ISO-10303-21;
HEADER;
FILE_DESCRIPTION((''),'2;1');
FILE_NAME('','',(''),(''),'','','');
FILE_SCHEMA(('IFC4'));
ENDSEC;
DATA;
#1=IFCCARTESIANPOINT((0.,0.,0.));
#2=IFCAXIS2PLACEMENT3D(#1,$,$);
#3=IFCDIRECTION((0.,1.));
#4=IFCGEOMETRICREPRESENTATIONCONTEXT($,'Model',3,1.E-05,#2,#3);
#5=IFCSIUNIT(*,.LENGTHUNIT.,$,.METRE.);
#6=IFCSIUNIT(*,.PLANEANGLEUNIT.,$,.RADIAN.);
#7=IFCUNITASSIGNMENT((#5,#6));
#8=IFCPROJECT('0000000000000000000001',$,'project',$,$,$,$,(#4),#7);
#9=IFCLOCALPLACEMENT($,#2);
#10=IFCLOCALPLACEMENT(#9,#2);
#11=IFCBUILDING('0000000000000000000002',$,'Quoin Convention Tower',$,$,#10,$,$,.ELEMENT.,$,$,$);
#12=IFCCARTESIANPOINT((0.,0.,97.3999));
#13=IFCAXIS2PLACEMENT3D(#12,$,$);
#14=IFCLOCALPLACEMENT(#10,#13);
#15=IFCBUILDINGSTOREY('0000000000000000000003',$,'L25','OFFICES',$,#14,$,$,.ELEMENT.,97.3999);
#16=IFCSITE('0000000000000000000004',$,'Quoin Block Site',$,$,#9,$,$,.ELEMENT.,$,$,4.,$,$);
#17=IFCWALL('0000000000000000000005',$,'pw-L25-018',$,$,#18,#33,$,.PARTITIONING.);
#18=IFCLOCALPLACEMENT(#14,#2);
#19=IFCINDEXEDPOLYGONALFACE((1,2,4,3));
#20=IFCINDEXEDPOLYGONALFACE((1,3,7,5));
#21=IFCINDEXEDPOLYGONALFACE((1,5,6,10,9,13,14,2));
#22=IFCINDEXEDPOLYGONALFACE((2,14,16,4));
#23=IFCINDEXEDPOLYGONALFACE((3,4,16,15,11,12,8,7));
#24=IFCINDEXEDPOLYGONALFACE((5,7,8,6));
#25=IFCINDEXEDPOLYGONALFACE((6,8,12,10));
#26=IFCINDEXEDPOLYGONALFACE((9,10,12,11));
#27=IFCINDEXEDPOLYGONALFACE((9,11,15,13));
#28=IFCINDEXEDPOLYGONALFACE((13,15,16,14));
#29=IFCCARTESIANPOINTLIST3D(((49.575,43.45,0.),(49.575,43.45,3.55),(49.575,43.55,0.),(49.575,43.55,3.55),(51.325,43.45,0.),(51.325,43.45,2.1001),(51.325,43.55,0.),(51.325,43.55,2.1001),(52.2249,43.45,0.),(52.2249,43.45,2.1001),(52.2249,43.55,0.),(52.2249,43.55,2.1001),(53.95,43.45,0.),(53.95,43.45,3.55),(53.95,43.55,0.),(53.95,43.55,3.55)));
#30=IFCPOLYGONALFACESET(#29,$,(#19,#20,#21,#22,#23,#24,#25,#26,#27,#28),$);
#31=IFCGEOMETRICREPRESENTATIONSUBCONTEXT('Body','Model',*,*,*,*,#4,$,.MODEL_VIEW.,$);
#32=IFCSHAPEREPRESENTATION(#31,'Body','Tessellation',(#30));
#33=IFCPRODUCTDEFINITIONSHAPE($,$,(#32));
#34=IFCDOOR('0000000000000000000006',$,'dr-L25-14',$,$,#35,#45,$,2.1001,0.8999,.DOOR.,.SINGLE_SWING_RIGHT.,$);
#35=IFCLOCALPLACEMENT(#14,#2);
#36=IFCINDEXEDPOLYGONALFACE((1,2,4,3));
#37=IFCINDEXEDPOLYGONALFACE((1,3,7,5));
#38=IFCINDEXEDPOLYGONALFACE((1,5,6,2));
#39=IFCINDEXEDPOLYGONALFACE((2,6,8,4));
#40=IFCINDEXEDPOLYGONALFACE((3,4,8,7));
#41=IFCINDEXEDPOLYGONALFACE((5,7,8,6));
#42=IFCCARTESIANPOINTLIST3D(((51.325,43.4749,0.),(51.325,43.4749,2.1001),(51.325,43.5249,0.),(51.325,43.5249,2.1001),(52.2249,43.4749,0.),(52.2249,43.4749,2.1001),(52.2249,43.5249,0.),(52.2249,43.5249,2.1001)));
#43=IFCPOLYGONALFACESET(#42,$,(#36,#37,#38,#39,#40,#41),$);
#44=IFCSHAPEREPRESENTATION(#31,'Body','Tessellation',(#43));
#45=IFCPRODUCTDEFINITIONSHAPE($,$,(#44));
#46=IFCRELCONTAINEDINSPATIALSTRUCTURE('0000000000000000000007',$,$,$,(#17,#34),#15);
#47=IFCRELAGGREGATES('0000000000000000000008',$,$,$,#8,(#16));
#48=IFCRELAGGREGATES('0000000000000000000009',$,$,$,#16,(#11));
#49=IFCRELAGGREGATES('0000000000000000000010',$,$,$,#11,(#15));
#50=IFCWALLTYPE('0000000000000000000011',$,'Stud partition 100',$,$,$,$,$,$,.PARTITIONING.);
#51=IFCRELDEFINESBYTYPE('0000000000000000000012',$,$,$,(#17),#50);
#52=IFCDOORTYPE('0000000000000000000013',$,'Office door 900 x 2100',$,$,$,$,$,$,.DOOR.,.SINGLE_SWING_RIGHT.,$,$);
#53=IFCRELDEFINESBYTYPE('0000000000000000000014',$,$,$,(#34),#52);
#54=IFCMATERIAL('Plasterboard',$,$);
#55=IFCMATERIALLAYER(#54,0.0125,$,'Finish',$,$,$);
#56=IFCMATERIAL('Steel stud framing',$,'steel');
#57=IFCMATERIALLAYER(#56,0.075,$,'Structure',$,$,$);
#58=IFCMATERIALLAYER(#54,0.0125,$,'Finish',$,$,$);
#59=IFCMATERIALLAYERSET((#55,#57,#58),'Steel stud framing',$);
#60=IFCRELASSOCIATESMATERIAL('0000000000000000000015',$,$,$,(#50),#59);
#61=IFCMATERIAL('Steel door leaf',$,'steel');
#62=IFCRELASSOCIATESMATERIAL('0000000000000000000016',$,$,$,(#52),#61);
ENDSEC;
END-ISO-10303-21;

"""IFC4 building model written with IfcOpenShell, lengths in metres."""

from ifc_helpers import new_model, si_unit, direction, frame, frame_2d, origin, place, context, subcontext, project, spatial, rectangle, extrude, material, layer, layer_set, type_object, element, fill, save


model = new_model("IFC4")

# Units and contexts
model_context = context("Model", 3, precision=1e-05, world=origin(), true_north=direction((0.0, 1.0)))
body_context = subcontext(model_context, "Body", "Model", "MODEL_VIEW")
ifc_project = project(units=[si_unit("LENGTHUNIT", "METRE"), si_unit("PLANEANGLEUNIT", "RADIAN")], contexts=[model_context])

# Site, building, storey
site_placement = place(None, origin())
site = spatial("IfcSite", under=ifc_project, at=site_placement, Name="Quoin Block Site", CompositionType="ELEMENT", RefElevation=4.0)
building_placement = place(site_placement, origin())
building = spatial("IfcBuilding", under=site, at=building_placement, Name="Quoin Convention Tower", CompositionType="ELEMENT")
storey_placement = place(building_placement, frame((0.0, 0.0, 97.3999)))
storey = spatial("IfcBuildingStorey", under=building, at=storey_placement, Name="L25", Description="OFFICES", CompositionType="ELEMENT", Elevation=97.3999)

# Shared definitions
ifc_material_1 = material(Name="Plasterboard")
ifc_material_2 = material(Name="Steel stud framing", Category="steel")

# Shared definitions
ifc_material_3 = material(Name="Steel door leaf", Category="steel")

# Wall, opening, door
ifc_layer_1 = layer(ifc_material_1, 0.0125, Name="Finish")
ifc_layer_2 = layer(ifc_material_2, 0.075, Name="Structure")
ifc_layer_3 = layer(ifc_material_1, 0.0125, Name="Finish")
ifc_layer_set_1 = layer_set([ifc_layer_1, ifc_layer_2, ifc_layer_3], Name="Steel stud framing")
wall_type_1 = type_object("IfcWallType", Name="Stud partition 100", PredefinedType="PARTITIONING", material=ifc_layer_set_1)
wall_1_placement = place(storey_placement, frame((49.575, 43.5, 0.0), z_axis=(0.0, 0.0, 1.0), x_axis=(1.0, 0.0, 0.0)))
wall_1 = element("IfcWall", 1, at=wall_1_placement, inside=storey, type_object=wall_type_1, Name="pw-L25-018", PredefinedType="PARTITIONING", context=body_context, shape_type="SweptSolid", body=[
    extrude(rectangle(XDim=4.375, YDim=0.1001, at=frame_2d((2.1875, 0.0))), origin(), (0.0, 0.0, 1.0), 3.55),
])
opening_1_placement = place(wall_1_placement, frame((1.75, 0.0, 0.0)))
opening_1 = element("IfcOpeningElement", 2, at=opening_1_placement, cuts=wall_1, PredefinedType="OPENING", context=body_context, shape_type="SweptSolid", body=[
    extrude(rectangle(XDim=0.8999, YDim=2.1001, at=frame_2d((0.45, 1.05))), frame((0.0, 0.0601, 0.0), z_axis=(0.0, -1.0, 0.0), x_axis=(1.0, 0.0, 0.0)), (0.0, 0.0, 1.0), 0.1201),
])
door_type_1 = type_object("IfcDoorType", Name="Office door 900 x 2100", OperationType="SINGLE_SWING_RIGHT", PredefinedType="DOOR", material=ifc_material_3)
door_1_placement = place(opening_1_placement, origin())
door_1 = element("IfcDoor", 3, at=door_1_placement, inside=storey, type_object=door_type_1, Name="dr-L25-14", OperationType="SINGLE_SWING_RIGHT", OverallHeight=2.1001, OverallWidth=0.8999, PredefinedType="DOOR", context=body_context, shape_type="SweptSolid", body=[
    extrude(rectangle(XDim=0.8999, YDim=2.1001, at=frame_2d((0.45, 1.05))), frame((0.0, 0.0249, 0.0), z_axis=(0.0, -1.0, 0.0), x_axis=(1.0, 0.0, 0.0)), (0.0, 0.0, 1.0), 0.05),
])
fill(opening_1, door_1)

save(model, "model.ifc")
